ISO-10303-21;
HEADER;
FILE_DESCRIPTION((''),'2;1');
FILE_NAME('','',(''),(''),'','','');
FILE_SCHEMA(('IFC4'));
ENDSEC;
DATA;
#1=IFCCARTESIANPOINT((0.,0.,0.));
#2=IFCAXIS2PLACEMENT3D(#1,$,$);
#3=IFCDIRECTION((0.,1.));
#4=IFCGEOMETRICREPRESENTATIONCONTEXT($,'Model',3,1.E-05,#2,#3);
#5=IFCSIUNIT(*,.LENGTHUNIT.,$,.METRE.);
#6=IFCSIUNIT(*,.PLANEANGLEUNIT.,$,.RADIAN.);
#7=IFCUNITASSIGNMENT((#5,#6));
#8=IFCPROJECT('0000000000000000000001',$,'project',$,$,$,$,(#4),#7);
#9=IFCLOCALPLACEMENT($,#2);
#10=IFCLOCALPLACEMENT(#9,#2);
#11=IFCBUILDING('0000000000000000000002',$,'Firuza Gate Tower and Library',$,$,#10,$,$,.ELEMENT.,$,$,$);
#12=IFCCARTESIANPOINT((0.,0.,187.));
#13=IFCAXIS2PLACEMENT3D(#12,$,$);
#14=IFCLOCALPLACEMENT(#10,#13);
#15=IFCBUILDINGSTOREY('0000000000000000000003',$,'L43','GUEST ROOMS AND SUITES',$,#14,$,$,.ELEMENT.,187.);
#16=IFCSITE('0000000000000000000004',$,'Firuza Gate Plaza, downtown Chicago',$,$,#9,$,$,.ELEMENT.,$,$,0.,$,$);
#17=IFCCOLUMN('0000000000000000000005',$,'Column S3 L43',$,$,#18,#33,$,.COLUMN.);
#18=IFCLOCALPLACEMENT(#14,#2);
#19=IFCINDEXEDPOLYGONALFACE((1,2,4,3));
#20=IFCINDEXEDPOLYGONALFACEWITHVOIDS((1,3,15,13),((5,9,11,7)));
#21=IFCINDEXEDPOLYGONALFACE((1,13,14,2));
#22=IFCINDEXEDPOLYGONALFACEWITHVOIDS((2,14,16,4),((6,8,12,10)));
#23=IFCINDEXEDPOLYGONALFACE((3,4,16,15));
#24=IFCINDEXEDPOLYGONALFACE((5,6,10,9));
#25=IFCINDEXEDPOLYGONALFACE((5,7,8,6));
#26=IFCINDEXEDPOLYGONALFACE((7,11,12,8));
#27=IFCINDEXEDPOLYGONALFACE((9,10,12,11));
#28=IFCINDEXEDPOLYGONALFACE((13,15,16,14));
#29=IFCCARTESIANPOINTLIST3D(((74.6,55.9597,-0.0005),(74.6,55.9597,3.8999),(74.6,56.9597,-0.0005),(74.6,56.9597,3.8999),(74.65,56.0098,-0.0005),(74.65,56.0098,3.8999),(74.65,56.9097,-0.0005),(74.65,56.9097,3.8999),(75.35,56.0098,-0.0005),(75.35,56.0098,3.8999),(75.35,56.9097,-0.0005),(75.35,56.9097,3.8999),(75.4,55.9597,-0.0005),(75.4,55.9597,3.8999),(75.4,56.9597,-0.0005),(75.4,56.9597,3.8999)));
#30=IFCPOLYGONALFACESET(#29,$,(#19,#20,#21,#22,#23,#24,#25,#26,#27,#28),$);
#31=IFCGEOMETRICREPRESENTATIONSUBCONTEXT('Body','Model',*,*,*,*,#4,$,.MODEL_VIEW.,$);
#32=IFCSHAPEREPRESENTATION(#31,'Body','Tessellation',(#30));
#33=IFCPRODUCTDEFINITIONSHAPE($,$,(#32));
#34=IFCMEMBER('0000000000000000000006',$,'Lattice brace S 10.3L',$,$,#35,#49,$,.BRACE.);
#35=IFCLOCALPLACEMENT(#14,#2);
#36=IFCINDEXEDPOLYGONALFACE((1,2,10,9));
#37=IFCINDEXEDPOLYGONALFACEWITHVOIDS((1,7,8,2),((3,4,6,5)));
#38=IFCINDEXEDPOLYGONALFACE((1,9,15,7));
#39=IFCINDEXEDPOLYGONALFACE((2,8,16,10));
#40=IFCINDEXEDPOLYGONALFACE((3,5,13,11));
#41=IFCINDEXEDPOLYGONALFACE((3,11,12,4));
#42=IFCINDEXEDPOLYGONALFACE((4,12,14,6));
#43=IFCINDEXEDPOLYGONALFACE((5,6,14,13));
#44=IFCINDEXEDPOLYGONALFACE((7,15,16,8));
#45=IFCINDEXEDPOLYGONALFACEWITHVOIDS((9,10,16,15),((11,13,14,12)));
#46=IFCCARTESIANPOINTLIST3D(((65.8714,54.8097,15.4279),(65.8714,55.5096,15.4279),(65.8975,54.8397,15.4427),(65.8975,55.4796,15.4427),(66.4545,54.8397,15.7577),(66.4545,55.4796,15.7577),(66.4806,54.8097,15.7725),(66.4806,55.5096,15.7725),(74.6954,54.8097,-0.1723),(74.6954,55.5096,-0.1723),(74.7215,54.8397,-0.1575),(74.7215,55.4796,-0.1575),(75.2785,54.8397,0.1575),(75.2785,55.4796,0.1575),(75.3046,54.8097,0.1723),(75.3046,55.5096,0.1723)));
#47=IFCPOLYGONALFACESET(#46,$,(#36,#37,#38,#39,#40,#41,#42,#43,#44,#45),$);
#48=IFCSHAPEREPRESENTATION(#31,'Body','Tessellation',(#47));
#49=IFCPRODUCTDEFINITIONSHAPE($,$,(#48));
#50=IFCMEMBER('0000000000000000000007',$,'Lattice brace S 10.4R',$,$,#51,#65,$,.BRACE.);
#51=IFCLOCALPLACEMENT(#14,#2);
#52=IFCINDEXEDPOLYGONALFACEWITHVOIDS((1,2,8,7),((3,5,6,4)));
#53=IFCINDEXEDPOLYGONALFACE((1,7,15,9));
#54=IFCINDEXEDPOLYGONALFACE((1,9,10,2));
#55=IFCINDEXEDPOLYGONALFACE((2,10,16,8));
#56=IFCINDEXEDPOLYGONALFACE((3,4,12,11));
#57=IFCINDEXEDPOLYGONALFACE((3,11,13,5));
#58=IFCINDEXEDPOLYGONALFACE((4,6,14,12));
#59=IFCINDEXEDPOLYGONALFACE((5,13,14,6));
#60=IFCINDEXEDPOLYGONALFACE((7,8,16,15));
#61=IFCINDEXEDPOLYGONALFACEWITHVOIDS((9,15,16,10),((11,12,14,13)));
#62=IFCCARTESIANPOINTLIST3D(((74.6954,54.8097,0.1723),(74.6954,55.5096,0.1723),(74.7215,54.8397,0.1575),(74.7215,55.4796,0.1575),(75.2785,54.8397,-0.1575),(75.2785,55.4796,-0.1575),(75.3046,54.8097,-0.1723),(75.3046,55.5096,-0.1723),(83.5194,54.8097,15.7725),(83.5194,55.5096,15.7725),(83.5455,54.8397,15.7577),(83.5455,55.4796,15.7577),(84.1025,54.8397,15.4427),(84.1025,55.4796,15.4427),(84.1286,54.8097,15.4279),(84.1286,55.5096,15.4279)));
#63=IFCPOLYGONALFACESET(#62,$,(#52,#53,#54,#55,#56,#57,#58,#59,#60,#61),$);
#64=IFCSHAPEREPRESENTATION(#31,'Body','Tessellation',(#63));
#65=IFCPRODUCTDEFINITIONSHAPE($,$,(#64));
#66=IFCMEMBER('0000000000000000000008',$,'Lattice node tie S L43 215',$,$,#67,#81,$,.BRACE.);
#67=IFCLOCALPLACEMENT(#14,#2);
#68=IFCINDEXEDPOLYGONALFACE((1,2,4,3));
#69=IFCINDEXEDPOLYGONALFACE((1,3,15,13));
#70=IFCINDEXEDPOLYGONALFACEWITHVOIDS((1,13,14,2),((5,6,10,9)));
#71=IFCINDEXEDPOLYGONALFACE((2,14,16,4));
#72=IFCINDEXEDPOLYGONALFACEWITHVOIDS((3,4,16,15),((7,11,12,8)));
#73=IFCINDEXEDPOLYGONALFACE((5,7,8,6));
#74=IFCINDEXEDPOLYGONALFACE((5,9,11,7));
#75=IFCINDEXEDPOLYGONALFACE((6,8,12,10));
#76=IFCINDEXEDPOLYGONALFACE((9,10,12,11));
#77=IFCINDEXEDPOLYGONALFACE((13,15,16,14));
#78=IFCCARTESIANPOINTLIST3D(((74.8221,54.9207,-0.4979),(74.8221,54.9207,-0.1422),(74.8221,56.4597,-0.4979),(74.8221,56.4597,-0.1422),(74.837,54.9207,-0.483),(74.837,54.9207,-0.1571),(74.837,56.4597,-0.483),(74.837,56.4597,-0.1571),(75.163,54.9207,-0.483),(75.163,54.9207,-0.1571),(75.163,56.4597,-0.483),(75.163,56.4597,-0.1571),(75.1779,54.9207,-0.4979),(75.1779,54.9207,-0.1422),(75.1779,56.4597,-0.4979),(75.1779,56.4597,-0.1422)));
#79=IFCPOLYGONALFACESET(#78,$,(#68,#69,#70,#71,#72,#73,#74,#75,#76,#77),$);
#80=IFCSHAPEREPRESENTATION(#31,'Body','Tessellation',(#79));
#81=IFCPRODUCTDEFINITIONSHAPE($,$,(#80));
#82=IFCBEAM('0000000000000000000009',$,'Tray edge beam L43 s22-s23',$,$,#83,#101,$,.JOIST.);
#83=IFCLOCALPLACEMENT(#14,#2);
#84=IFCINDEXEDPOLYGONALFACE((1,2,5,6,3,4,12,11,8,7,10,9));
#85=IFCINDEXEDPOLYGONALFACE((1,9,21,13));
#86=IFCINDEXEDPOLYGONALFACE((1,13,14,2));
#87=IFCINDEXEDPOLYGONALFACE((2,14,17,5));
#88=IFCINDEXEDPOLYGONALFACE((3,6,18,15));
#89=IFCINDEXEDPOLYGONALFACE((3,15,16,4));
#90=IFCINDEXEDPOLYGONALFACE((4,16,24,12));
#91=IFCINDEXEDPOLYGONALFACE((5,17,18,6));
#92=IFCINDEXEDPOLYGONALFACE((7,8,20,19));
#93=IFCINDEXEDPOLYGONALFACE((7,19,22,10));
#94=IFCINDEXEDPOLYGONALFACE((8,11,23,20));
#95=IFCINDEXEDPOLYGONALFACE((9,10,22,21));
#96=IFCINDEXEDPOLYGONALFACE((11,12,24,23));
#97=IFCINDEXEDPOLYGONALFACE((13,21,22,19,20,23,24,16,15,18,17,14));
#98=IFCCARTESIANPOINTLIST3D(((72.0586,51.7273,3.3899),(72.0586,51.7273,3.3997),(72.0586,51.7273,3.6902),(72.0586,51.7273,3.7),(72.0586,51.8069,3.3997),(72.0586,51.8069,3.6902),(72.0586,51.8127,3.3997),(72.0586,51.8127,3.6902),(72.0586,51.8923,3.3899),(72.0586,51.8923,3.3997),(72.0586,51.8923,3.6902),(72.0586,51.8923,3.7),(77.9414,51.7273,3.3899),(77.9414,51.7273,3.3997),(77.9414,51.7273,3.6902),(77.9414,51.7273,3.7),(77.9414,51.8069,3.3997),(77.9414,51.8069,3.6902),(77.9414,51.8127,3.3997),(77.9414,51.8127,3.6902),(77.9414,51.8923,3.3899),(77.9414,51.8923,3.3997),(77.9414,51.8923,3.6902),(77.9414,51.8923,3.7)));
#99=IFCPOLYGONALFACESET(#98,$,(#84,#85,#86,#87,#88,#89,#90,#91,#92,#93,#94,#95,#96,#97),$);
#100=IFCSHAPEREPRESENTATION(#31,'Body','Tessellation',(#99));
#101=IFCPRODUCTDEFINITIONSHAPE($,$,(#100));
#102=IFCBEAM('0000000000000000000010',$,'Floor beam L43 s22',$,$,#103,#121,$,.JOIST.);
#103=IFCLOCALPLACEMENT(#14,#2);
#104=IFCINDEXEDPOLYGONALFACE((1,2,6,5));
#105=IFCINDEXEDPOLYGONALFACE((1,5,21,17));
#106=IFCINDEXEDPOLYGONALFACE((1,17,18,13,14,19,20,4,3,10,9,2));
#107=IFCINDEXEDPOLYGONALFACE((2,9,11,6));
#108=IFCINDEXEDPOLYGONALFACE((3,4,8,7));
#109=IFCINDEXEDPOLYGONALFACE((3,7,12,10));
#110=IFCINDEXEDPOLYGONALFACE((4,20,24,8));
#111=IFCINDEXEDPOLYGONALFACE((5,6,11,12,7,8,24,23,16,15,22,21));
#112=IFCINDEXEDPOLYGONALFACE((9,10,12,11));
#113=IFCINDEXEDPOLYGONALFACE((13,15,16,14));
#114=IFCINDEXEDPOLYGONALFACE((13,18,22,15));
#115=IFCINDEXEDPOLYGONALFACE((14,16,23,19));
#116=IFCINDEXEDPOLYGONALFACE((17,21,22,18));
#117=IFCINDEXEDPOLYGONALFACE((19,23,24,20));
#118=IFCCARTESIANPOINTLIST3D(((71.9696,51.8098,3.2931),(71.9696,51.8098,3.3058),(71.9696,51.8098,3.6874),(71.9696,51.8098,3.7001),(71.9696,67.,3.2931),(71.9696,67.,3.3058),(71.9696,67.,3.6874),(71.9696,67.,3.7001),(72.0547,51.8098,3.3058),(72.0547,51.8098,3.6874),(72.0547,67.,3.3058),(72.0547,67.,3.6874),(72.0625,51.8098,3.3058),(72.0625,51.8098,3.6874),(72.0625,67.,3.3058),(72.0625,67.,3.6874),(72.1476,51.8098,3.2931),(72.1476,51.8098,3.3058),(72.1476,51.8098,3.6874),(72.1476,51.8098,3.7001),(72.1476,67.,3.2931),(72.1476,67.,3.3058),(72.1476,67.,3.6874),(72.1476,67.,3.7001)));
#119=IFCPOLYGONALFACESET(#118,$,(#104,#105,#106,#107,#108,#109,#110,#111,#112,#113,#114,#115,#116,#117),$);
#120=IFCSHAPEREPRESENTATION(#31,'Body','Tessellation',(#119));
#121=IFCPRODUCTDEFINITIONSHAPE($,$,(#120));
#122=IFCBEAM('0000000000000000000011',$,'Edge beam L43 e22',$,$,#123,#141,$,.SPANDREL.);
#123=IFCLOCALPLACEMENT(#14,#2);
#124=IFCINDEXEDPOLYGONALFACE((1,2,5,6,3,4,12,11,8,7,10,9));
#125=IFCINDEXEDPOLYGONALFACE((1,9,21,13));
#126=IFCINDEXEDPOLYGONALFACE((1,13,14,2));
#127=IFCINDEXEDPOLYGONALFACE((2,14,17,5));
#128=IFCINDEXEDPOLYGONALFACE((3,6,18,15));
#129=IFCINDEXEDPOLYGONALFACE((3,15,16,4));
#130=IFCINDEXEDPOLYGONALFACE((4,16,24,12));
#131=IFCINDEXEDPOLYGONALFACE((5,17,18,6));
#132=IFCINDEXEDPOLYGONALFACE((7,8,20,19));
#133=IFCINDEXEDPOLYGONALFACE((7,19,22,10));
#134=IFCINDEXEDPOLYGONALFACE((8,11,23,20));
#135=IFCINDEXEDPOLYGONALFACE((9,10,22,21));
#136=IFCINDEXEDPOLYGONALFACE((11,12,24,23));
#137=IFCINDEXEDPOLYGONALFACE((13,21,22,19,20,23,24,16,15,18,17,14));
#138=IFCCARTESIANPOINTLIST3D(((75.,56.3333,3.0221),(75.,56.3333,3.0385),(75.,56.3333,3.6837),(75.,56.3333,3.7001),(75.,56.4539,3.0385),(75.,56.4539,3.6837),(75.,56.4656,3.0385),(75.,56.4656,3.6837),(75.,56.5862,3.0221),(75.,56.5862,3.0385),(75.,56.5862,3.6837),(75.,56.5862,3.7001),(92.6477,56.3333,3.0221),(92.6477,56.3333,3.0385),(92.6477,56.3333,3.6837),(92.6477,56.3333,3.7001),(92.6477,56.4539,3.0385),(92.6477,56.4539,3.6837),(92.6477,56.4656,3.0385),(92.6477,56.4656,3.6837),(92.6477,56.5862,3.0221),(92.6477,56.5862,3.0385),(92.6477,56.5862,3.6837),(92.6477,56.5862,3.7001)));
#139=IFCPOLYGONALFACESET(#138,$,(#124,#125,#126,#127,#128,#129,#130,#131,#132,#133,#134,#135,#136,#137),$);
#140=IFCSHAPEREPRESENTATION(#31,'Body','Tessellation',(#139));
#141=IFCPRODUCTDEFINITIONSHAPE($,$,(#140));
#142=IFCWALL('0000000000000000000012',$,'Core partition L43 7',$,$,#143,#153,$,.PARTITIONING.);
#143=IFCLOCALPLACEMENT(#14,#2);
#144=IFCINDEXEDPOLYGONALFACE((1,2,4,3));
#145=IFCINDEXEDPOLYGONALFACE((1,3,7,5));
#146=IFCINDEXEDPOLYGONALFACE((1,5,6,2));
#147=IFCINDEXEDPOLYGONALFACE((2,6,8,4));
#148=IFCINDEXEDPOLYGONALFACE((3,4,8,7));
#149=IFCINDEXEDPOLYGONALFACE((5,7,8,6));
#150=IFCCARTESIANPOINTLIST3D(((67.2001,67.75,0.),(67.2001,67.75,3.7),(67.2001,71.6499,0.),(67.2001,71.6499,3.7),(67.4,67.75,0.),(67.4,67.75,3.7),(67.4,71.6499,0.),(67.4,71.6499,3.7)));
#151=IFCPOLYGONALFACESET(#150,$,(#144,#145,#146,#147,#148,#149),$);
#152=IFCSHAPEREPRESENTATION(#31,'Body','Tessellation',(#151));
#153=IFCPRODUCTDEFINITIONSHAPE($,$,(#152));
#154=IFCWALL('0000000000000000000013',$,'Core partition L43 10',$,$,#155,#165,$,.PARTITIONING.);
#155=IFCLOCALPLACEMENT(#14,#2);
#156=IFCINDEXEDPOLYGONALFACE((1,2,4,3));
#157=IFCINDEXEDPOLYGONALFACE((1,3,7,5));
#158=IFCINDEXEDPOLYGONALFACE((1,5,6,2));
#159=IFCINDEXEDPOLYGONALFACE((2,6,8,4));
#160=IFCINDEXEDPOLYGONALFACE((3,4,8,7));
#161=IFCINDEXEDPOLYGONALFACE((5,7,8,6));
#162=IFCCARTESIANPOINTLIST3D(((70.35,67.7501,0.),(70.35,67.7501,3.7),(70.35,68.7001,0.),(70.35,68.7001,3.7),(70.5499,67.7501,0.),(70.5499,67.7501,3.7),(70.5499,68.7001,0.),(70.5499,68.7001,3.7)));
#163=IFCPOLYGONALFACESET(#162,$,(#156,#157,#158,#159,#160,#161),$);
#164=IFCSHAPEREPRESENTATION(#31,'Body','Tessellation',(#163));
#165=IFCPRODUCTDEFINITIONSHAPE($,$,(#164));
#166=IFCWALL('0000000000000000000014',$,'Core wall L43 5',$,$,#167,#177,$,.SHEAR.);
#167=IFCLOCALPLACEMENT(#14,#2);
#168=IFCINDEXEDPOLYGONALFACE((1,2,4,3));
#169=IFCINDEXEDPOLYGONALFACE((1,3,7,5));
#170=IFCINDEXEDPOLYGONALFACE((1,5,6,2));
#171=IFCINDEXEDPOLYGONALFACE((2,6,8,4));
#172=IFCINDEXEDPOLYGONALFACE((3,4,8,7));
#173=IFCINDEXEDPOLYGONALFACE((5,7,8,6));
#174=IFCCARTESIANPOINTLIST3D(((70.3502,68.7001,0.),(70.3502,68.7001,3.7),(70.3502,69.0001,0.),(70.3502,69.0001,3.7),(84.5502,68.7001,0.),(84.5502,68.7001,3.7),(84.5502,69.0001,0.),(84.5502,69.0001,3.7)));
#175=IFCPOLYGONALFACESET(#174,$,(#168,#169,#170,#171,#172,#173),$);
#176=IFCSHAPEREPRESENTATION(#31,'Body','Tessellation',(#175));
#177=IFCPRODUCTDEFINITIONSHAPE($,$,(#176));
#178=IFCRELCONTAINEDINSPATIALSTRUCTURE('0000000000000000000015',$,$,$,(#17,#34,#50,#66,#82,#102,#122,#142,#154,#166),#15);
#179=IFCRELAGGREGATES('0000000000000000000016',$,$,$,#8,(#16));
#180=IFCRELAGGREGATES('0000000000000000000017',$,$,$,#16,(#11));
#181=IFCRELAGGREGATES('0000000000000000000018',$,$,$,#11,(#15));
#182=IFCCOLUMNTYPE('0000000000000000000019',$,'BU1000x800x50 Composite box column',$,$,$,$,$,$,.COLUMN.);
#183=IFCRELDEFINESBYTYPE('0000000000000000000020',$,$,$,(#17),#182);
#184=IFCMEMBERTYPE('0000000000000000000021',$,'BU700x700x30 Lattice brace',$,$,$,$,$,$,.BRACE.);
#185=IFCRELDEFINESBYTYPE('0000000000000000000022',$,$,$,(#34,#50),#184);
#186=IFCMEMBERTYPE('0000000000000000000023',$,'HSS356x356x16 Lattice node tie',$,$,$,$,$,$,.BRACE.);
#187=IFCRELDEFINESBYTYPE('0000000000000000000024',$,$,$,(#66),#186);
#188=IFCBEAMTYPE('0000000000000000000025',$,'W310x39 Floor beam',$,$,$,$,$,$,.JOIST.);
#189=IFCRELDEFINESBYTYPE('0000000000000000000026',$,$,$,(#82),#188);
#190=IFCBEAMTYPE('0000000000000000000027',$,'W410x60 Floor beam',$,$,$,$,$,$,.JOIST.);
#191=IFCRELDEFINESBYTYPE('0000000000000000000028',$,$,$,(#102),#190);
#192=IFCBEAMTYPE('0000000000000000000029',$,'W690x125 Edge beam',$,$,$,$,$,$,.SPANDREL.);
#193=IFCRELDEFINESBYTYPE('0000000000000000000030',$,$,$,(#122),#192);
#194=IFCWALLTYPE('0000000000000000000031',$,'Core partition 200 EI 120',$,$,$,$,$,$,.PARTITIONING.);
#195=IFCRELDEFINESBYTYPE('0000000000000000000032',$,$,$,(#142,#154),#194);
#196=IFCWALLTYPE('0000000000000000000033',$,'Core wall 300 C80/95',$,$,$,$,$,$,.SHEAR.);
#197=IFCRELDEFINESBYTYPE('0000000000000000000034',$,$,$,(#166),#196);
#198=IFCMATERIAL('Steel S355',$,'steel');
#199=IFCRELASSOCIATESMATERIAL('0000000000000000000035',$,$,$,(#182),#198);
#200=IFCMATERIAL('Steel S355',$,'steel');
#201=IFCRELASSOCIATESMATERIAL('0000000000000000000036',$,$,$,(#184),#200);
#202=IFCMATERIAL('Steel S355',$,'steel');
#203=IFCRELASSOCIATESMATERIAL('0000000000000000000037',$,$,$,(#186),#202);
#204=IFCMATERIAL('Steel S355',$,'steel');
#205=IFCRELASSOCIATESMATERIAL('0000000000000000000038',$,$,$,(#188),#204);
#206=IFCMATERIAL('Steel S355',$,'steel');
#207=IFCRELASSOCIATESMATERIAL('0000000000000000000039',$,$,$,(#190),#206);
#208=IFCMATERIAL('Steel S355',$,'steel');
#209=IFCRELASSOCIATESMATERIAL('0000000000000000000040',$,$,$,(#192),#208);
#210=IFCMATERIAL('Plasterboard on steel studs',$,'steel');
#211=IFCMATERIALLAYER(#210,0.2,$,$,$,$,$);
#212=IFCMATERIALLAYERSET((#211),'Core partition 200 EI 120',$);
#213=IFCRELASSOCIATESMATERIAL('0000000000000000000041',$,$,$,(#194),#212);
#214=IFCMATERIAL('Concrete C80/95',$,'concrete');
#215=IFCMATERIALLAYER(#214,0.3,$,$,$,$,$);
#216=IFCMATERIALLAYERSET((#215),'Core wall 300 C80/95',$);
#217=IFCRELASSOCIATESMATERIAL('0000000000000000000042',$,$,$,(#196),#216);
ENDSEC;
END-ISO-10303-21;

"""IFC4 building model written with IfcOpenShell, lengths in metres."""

from ifc_helpers import new_model, si_unit, direction, frame, frame_2d, origin, origin_2d, place, context, subcontext, project, spatial, rectangle, hollow_rectangle, i_section, extrude, material, layer, layer_set, material_profile, profile_set, type_object, element, save


model = new_model("IFC4")

# Units and contexts
model_context = context("Model", 3, precision=1e-05, world=origin(), true_north=direction((0.0, 1.0)))
body_context = subcontext(model_context, "Body", "Model", "MODEL_VIEW")
ifc_project = project(units=[si_unit("LENGTHUNIT", "METRE"), si_unit("PLANEANGLEUNIT", "RADIAN")], contexts=[model_context])

# Site, building, storey
site_placement = place(None, origin())
site = spatial("IfcSite", under=ifc_project, at=site_placement, Name="Firuza Gate Plaza, downtown Chicago", CompositionType="ELEMENT", RefElevation=0.0)
building_placement = place(site_placement, origin())
building = spatial("IfcBuilding", under=site, at=building_placement, Name="Firuza Gate Tower and Library", CompositionType="ELEMENT")
storey_placement = place(building_placement, frame((0.0, 0.0, 187.0)))
storey = spatial("IfcBuildingStorey", under=building, at=storey_placement, Name="L43", Description="GUEST ROOMS AND SUITES", CompositionType="ELEMENT", Elevation=187.0)

# Column
ifc_material_1 = material(Name="Steel S355", Category="steel")
ifc_material_profile_1 = material_profile(ifc_material_1, hollow_rectangle(XDim=0.8, YDim=1.0, WallThickness=0.05, at=origin_2d()))
ifc_profile_set_1 = profile_set([ifc_material_profile_1], Name="Steel S355")
column_type = type_object("IfcColumnType", Name="BU1000x800x50 Composite box column", PredefinedType="COLUMN", material=ifc_profile_set_1)
column_placement = place(storey_placement, frame((75.0, 56.4597, -0.0005), z_axis=(0.0, 0.0, 1.0), x_axis=(1.0, 0.0, 0.0)))
element("IfcColumn", 1, at=column_placement, inside=storey, type_object=column_type, Name="Column S3 L43", PredefinedType="COLUMN", context=body_context, shape_type="SweptSolid", body=[
    extrude(hollow_rectangle(XDim=0.8, YDim=1.0, WallThickness=0.05, at=origin_2d()), origin(), (0.0, 0.0, 1.0), 3.9004),
])

# Members
ifc_material_2 = material(Name="Steel S355", Category="steel")
ifc_material_profile_2 = material_profile(ifc_material_2, hollow_rectangle(XDim=0.7, YDim=0.7, WallThickness=0.03, at=origin_2d()))
ifc_profile_set_2 = profile_set([ifc_material_profile_2], Name="Steel S355")
member_type_1 = type_object("IfcMemberType", Name="BU700x700x30 Lattice brace", PredefinedType="BRACE", material=ifc_profile_set_2)
for number, where, z_axis, x_axis, name in (
    (2, (75.0, 55.1597, 0.0), (-0.492333, 0.0, 0.870407), (0.0, -1.0, 0.0), "Lattice brace S 10.3L"),
    (3, (75.0, 55.1597, 0.0), (0.492333, 0.0, 0.870407), (0.0, 1.0, 0.0), "Lattice brace S 10.4R"),
):
    element("IfcMember", number, at=place(storey_placement, frame(where, z_axis=z_axis, x_axis=x_axis)), inside=storey, type_object=member_type_1, Name=name, PredefinedType="BRACE", context=body_context, shape_type="SweptSolid", body=[
        extrude(hollow_rectangle(XDim=0.7, YDim=0.7, WallThickness=0.03, at=origin_2d()), origin(), (0.0, 0.0, 1.0), 17.9229),
    ])
ifc_material_3 = material(Name="Steel S355", Category="steel")
ifc_material_profile_3 = material_profile(ifc_material_3, hollow_rectangle(XDim=0.3557, YDim=0.3557, WallThickness=0.0149, at=origin_2d()))
ifc_profile_set_3 = profile_set([ifc_material_profile_3], Name="Steel S355")
member_type_2 = type_object("IfcMemberType", Name="HSS356x356x16 Lattice node tie", PredefinedType="BRACE", material=ifc_profile_set_3)
member_placement = place(storey_placement, frame((75.0, 56.4597, -0.3201), z_axis=(0.0, -1.0, 0.0), x_axis=(1.0, 0.0, 0.0)))
element("IfcMember", 4, at=member_placement, inside=storey, type_object=member_type_2, Name="Lattice node tie S L43 215", PredefinedType="BRACE", context=body_context, shape_type="SweptSolid", body=[
    extrude(hollow_rectangle(XDim=0.3557, YDim=0.3557, WallThickness=0.0149, at=origin_2d()), origin(), (0.0, 0.0, 1.0), 1.5391),
])

# Beams
ifc_material_4 = material(Name="Steel S355", Category="steel")
ifc_material_profile_4 = material_profile(ifc_material_4, i_section(OverallWidth=0.165, OverallDepth=0.3101, WebThickness=0.0059, FlangeThickness=0.0098, at=origin_2d()))
ifc_profile_set_4 = profile_set([ifc_material_profile_4], Name="Steel S355")
beam_type_1 = type_object("IfcBeamType", Name="W310x39 Floor beam", PredefinedType="JOIST", material=ifc_profile_set_4)
beam_1_placement = place(storey_placement, frame((72.0586, 51.8098, 3.5449), z_axis=(1.0, 0.0, 0.0), x_axis=(0.0, 1.0, 0.0)))
element("IfcBeam", 5, at=beam_1_placement, inside=storey, type_object=beam_type_1, Name="Tray edge beam L43 s22-s23", PredefinedType="JOIST", context=body_context, shape_type="SweptSolid", body=[
    extrude(i_section(OverallWidth=0.165, OverallDepth=0.3101, WebThickness=0.0059, FlangeThickness=0.0098, at=origin_2d()), origin(), (0.0, 0.0, 1.0), 5.8828),
])
ifc_material_5 = material(Name="Steel S355", Category="steel")
ifc_material_profile_5 = material_profile(ifc_material_5, i_section(OverallWidth=0.178, OverallDepth=0.407, WebThickness=0.0078, FlangeThickness=0.0127, at=origin_2d()))
ifc_profile_set_5 = profile_set([ifc_material_profile_5], Name="Steel S355")
beam_type_2 = type_object("IfcBeamType", Name="W410x60 Floor beam", PredefinedType="JOIST", material=ifc_profile_set_5)
beam_2_placement = place(storey_placement, frame((72.0586, 51.8098, 3.4966), z_axis=(0.0, 1.0, 0.0), x_axis=(-1.0, 0.0, 0.0)))
element("IfcBeam", 6, at=beam_2_placement, inside=storey, type_object=beam_type_2, Name="Floor beam L43 s22", PredefinedType="JOIST", context=body_context, shape_type="SweptSolid", body=[
    extrude(i_section(OverallWidth=0.178, OverallDepth=0.407, WebThickness=0.0078, FlangeThickness=0.0127, at=origin_2d()), origin(), (0.0, 0.0, 1.0), 15.1902),
])
ifc_material_6 = material(Name="Steel S355", Category="steel")
ifc_material_profile_6 = material_profile(ifc_material_6, i_section(OverallWidth=0.2529, OverallDepth=0.678, WebThickness=0.0117, FlangeThickness=0.0164, at=origin_2d()))
ifc_profile_set_6 = profile_set([ifc_material_profile_6], Name="Steel S355")
beam_type_3 = type_object("IfcBeamType", Name="W690x125 Edge beam", PredefinedType="SPANDREL", material=ifc_profile_set_6)
beam_3_placement = place(storey_placement, frame((75.0, 56.4597, 3.3611), z_axis=(1.0, 0.0, 0.0), x_axis=(0.0, 1.0, 0.0)))
element("IfcBeam", 7, at=beam_3_placement, inside=storey, type_object=beam_type_3, Name="Edge beam L43 e22", PredefinedType="SPANDREL", context=body_context, shape_type="SweptSolid", body=[
    extrude(i_section(OverallWidth=0.2529, OverallDepth=0.678, WebThickness=0.0117, FlangeThickness=0.0164, at=origin_2d()), origin(), (0.0, 0.0, 1.0), 17.6477),
])

# Walls
ifc_material_7 = material(Name="Plasterboard on steel studs", Category="steel")
ifc_layer_1 = layer(ifc_material_7, 0.2)
ifc_layer_set_1 = layer_set([ifc_layer_1], Name="Core partition 200 EI 120")
wall_type_1 = type_object("IfcWallType", Name="Core partition 200 EI 120", PredefinedType="PARTITIONING", material=ifc_layer_set_1)
wall_1_placement = place(storey_placement, frame((67.3, 67.75, 0.0), z_axis=(0.0, 0.0, 1.0), x_axis=(0.0, 1.0, 0.0)))
element("IfcWall", 8, at=wall_1_placement, inside=storey, type_object=wall_type_1, Name="Core partition L43 7", PredefinedType="PARTITIONING", context=body_context, shape_type="SweptSolid", body=[
    extrude(rectangle(XDim=3.8999, YDim=0.2, at=frame_2d((1.95, 0.0))), origin(), (0.0, 0.0, 1.0), 3.7),
])
wall_2_placement = place(storey_placement, frame((70.45, 67.75, 0.0), z_axis=(0.0, 0.0, 1.0), x_axis=(0.0, 1.0, 0.0)))
element("IfcWall", 9, at=wall_2_placement, inside=storey, type_object=wall_type_1, Name="Core partition L43 10", PredefinedType="PARTITIONING", context=body_context, shape_type="SweptSolid", body=[
    extrude(rectangle(XDim=0.95, YDim=0.2, at=frame_2d((0.4751, 0.0))), origin(), (0.0, 0.0, 1.0), 3.7),
])
ifc_material_8 = material(Name="Concrete C80/95", Category="concrete")
ifc_layer_2 = layer(ifc_material_8, 0.3)
ifc_layer_set_2 = layer_set([ifc_layer_2], Name="Core wall 300 C80/95")
wall_type_2 = type_object("IfcWallType", Name="Core wall 300 C80/95", PredefinedType="SHEAR", material=ifc_layer_set_2)
wall_3_placement = place(storey_placement, frame((70.3501, 68.8501, 0.0), z_axis=(0.0, 0.0, 1.0), x_axis=(1.0, 0.0, 0.0)))
element("IfcWall", 10, at=wall_3_placement, inside=storey, type_object=wall_type_2, Name="Core wall L43 5", PredefinedType="SHEAR", context=body_context, shape_type="SweptSolid", body=[
    extrude(rectangle(XDim=14.2, YDim=0.3, at=frame_2d((7.1001, 0.0))), origin(), (0.0, 0.0, 1.0), 3.7),
])

save(model, "model.ifc")
